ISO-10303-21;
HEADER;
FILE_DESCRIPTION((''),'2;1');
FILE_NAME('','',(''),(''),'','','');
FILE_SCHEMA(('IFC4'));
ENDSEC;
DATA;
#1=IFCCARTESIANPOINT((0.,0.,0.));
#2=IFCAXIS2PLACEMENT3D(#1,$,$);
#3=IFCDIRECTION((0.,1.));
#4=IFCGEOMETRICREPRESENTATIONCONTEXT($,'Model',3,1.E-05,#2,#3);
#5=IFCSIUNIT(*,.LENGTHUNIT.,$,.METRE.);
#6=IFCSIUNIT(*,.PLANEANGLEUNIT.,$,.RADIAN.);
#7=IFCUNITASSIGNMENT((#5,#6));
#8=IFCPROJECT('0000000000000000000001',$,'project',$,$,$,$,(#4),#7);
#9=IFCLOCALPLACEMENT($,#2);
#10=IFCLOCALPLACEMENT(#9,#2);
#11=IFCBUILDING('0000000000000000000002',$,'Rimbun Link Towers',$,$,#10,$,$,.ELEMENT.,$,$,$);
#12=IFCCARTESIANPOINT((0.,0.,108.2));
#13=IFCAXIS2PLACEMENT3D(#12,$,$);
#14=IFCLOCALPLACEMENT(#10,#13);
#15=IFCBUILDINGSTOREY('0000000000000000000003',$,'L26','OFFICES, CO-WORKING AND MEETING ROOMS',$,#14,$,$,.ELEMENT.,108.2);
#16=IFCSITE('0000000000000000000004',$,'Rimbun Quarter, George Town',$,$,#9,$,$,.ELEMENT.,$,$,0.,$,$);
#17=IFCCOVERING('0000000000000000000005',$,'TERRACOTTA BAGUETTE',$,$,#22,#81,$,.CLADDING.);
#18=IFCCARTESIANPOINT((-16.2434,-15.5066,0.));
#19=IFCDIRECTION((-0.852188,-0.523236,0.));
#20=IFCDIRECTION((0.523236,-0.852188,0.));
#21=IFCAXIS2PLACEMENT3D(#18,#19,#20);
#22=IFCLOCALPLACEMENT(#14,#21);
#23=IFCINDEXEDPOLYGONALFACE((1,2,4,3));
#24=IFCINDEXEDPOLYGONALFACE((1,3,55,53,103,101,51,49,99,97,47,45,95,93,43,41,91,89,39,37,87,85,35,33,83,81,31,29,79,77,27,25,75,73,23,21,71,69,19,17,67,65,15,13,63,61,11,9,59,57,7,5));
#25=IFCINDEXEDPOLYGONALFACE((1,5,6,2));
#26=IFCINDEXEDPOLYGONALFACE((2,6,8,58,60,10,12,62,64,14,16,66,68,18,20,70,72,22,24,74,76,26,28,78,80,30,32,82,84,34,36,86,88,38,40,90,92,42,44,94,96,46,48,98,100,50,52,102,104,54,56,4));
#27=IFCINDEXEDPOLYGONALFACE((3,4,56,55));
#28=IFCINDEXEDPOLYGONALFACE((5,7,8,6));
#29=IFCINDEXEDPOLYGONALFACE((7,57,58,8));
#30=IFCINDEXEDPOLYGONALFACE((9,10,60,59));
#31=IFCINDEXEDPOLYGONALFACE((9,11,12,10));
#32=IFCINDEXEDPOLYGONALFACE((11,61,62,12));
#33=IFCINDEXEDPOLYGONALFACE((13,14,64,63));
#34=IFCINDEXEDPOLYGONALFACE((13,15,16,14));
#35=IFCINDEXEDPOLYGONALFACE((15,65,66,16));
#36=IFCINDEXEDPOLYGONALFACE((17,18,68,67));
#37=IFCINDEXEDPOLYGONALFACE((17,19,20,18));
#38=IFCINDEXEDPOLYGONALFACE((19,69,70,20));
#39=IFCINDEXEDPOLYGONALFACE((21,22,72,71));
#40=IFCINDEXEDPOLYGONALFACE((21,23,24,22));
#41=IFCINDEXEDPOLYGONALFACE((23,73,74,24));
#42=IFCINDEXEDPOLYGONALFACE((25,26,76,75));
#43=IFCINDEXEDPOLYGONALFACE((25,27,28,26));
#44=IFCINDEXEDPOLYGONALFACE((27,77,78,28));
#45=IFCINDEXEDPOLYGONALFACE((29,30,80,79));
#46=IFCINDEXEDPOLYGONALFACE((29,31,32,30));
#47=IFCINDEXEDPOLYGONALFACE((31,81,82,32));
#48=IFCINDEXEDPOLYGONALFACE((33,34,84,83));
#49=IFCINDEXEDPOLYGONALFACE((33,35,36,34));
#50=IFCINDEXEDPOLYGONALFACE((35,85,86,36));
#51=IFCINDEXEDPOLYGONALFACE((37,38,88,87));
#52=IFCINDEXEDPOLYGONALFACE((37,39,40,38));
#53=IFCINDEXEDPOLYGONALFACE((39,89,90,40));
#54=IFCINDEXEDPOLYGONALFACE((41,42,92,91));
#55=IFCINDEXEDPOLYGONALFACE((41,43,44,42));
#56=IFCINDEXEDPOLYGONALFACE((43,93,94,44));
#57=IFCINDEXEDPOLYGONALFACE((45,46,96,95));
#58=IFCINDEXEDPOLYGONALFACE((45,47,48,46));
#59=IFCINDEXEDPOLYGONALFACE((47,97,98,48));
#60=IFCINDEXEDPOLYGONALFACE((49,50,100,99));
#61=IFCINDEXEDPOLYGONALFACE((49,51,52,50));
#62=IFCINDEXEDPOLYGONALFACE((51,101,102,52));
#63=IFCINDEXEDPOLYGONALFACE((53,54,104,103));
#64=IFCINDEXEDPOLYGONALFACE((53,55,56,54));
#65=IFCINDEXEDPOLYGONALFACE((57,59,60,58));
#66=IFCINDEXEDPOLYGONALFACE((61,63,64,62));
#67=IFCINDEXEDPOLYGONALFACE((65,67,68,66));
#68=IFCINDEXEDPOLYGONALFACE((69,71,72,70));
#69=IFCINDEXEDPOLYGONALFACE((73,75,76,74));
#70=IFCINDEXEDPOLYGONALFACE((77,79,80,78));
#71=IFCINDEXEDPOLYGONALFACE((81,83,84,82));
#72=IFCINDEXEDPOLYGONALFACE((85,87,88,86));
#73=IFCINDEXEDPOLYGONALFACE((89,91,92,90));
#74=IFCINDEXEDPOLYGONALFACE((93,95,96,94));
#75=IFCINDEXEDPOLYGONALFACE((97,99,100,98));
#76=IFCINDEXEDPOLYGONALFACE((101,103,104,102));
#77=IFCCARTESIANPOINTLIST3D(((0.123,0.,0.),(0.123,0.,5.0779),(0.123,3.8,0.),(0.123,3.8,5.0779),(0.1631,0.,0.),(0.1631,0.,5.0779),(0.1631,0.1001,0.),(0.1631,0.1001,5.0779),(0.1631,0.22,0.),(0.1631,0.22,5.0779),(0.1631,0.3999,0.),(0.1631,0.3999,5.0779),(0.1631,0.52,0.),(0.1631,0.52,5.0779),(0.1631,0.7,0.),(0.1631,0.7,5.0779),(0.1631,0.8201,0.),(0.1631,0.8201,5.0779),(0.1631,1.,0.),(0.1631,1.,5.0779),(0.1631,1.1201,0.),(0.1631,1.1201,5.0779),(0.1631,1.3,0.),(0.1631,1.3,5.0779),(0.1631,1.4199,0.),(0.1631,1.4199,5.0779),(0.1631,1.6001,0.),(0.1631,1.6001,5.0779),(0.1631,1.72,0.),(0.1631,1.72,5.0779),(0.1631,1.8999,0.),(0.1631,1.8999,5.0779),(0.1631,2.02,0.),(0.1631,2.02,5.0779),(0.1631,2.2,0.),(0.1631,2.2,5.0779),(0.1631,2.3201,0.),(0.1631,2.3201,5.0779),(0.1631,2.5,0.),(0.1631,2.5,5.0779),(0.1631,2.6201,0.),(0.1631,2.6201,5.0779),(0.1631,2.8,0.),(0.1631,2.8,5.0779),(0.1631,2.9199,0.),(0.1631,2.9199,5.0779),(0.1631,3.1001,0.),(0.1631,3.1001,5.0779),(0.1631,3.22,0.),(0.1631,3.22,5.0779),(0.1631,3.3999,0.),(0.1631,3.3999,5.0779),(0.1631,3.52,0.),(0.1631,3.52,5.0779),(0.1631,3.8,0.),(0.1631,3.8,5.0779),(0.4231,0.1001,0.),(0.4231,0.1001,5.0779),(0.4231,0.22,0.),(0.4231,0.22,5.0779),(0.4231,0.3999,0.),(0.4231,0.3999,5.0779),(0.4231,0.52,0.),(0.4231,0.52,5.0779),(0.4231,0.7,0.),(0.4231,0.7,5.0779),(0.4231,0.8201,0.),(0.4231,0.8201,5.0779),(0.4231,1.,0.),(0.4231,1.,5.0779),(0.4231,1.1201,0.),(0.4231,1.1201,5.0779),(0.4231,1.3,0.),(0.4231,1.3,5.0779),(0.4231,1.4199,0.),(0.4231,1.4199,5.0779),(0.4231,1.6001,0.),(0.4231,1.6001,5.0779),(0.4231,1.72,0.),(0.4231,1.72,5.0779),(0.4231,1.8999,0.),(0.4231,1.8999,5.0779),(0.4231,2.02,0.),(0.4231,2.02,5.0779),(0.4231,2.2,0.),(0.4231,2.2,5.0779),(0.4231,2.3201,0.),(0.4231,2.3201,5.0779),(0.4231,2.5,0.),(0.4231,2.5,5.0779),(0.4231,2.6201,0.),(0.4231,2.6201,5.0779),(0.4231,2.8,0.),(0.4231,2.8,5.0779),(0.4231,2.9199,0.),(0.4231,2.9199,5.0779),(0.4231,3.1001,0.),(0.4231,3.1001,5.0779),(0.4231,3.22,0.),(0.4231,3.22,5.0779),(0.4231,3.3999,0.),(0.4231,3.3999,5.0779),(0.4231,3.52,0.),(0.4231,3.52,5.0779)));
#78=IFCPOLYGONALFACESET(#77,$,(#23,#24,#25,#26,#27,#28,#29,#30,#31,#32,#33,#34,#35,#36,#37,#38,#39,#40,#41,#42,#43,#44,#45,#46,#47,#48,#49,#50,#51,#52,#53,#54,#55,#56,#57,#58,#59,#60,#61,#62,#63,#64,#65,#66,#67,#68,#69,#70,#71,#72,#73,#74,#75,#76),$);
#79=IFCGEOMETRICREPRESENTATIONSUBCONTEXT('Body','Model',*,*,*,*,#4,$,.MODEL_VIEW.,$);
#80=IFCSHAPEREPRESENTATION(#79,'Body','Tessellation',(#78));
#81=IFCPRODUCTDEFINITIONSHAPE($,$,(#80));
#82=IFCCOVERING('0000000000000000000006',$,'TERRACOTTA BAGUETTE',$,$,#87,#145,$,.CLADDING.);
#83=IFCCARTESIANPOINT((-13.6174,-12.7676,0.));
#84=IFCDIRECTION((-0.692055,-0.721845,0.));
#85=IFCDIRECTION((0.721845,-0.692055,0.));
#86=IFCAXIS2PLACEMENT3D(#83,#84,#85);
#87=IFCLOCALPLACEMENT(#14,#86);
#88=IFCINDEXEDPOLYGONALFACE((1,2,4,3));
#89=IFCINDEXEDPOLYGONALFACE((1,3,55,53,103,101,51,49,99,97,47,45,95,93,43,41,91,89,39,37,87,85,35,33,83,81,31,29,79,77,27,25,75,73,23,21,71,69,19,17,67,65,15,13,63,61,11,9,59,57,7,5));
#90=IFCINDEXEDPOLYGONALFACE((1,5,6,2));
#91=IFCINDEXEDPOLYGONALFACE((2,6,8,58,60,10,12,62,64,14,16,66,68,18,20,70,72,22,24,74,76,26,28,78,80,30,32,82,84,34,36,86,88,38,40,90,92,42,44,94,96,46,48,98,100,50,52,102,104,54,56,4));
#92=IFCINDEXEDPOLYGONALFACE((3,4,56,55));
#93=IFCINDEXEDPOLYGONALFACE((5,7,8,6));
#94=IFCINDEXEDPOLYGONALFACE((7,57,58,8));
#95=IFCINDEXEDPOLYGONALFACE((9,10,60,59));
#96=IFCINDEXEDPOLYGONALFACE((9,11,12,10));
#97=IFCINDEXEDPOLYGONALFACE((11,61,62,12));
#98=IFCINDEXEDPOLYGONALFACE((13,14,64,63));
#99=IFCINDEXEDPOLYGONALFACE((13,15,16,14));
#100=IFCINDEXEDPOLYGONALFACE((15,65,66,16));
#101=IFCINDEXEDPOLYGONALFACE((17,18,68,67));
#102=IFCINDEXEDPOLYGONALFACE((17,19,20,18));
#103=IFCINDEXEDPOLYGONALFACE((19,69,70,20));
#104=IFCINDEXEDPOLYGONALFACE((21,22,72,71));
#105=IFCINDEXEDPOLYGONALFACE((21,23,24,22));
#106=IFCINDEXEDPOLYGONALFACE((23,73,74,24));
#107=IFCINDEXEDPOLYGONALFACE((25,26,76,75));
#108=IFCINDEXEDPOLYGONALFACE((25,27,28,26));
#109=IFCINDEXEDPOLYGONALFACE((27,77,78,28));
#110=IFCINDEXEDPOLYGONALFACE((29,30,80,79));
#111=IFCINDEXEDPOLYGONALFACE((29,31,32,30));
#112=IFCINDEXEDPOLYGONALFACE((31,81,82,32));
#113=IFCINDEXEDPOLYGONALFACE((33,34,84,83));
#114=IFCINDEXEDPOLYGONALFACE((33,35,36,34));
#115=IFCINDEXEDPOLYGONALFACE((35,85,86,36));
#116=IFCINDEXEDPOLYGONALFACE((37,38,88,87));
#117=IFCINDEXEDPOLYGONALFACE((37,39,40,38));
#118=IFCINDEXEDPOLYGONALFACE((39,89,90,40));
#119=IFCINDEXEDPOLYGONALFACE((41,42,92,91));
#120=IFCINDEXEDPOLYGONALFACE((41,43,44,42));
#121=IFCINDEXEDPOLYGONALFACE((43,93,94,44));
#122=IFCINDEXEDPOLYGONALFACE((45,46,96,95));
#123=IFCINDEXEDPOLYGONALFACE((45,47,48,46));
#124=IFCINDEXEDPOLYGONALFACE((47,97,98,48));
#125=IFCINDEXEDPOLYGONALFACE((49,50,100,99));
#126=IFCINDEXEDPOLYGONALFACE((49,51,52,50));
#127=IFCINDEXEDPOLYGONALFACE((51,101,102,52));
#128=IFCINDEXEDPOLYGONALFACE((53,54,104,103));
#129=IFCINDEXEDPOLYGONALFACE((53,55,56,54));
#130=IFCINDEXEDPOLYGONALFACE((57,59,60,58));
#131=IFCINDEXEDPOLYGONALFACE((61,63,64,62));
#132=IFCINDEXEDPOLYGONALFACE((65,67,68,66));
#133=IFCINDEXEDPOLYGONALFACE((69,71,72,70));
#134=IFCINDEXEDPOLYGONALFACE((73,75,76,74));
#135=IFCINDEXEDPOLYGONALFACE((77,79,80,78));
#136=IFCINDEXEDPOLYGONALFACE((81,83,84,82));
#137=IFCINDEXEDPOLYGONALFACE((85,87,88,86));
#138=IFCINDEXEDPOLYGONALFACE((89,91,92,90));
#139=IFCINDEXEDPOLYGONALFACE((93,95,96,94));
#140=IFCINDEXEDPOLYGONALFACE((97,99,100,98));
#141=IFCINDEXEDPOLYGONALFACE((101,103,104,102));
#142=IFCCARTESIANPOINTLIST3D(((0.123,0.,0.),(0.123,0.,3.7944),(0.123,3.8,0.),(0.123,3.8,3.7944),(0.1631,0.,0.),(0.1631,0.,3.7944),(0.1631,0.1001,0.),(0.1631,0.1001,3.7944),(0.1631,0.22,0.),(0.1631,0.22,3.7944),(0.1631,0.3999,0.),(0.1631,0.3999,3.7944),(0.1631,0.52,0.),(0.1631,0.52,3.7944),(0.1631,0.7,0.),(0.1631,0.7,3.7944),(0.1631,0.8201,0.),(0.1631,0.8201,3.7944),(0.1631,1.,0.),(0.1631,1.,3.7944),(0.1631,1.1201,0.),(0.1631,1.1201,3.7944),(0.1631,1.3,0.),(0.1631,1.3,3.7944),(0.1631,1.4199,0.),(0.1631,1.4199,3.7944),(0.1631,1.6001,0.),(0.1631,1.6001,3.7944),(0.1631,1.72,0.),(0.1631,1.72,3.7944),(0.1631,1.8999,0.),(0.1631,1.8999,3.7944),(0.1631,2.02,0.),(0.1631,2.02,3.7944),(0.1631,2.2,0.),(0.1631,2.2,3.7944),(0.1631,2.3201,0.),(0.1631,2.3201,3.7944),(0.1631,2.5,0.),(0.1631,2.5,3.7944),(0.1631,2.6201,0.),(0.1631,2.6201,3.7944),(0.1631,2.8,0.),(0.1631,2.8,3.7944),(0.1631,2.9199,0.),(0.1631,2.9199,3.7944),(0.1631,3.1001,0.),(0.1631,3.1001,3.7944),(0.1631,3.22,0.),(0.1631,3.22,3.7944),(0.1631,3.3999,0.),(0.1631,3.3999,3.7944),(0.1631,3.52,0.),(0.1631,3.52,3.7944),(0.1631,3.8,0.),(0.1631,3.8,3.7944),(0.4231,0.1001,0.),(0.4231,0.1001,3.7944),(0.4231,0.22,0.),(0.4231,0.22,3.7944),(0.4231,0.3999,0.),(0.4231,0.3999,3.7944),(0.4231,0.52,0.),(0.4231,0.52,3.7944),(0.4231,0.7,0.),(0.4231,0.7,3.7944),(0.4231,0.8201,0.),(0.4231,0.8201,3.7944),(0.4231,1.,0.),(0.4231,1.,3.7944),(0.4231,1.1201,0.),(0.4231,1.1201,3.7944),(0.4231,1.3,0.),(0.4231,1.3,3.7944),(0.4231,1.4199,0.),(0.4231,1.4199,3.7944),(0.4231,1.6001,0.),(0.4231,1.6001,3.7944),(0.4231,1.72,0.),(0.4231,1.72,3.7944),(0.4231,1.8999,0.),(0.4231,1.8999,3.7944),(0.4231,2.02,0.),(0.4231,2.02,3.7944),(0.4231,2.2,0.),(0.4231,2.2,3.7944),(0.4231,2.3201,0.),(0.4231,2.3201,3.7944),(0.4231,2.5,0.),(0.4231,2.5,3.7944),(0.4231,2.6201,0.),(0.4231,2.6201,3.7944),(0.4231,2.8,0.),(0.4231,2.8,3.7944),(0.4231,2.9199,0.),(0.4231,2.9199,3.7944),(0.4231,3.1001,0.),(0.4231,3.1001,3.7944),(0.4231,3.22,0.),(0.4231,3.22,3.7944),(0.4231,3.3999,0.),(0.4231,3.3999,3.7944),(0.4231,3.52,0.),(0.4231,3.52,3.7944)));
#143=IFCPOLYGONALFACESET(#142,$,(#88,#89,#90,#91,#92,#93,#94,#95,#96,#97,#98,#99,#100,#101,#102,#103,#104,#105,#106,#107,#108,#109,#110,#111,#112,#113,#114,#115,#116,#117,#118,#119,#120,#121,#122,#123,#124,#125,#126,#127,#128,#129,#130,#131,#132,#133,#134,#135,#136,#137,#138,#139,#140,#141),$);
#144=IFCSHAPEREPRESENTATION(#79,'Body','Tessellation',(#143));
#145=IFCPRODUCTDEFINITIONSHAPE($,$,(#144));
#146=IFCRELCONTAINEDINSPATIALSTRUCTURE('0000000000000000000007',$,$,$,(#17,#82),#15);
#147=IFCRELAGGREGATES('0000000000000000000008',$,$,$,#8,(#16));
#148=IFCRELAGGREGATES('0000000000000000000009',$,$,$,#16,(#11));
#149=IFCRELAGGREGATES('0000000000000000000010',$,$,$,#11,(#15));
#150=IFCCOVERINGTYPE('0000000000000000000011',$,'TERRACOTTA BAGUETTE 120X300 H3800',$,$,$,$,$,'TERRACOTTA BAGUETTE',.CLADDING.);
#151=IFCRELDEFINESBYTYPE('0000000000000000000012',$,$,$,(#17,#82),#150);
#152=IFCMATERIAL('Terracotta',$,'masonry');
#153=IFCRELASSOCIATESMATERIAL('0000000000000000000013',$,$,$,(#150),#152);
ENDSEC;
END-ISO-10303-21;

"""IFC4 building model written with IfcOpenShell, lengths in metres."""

from ifc_helpers import new_model, si_unit, direction, frame, origin, place, context, subcontext, project, spatial, polyline, outline, extrude, material, material_profile, profile_set, type_object, element, save


model = new_model("IFC4")

# Units and contexts
model_context = context("Model", 3, precision=1e-05, world=origin(), true_north=direction((0.0, 1.0)))
body_context = subcontext(model_context, "Body", "Model", "MODEL_VIEW")
ifc_project = project(units=[si_unit("LENGTHUNIT", "METRE"), si_unit("PLANEANGLEUNIT", "RADIAN")], contexts=[model_context])

# Site, building, storey
site_placement = place(None, origin())
site = spatial("IfcSite", under=ifc_project, at=site_placement, Name="Rimbun Quarter, George Town", CompositionType="ELEMENT", RefElevation=0.0)
building_placement = place(site_placement, origin())
building = spatial("IfcBuilding", under=site, at=building_placement, Name="Rimbun Link Towers", CompositionType="ELEMENT")
storey_placement = place(building_placement, frame((0.0, 0.0, 108.2)))
storey = spatial("IfcBuildingStorey", under=building, at=storey_placement, Name="L26", Description="OFFICES, CO-WORKING AND MEETING ROOMS", CompositionType="ELEMENT", Elevation=108.2)

# Coverings
ifc_material_1 = material(Name="Terracotta", Category="masonry")
ifc_material_profile_1 = material_profile(ifc_material_1, outline(polyline([(0.123, 0.0), (0.1631, 0.0), (0.1631, 0.1001), (0.4231, 0.1001), (0.4231, 0.22), (0.1631, 0.22), (0.1631, 0.3999), (0.4231, 0.3999), (0.4231, 0.52), (0.1631, 0.52), (0.1631, 0.7), (0.4231, 0.7), (0.4231, 0.8201), (0.1631, 0.8201), (0.1631, 1.0), (0.4231, 1.0), (0.4231, 1.1201), (0.1631, 1.1201), (0.1631, 1.3), (0.4231, 1.3), (0.4231, 1.4199), (0.1631, 1.4199), (0.1631, 1.6001), (0.4231, 1.6001), (0.4231, 1.72), (0.1631, 1.72), (0.1631, 1.8999), (0.4231, 1.8999), (0.4231, 2.02), (0.1631, 2.02), (0.1631, 2.2), (0.4231, 2.2), (0.4231, 2.3201), (0.1631, 2.3201), (0.1631, 2.5), (0.4231, 2.5), (0.4231, 2.6201), (0.1631, 2.6201), (0.1631, 2.8), (0.4231, 2.8), (0.4231, 2.9199), (0.1631, 2.9199), (0.1631, 3.1001), (0.4231, 3.1001), (0.4231, 3.22), (0.1631, 3.22), (0.1631, 3.3999), (0.4231, 3.3999), (0.4231, 3.52), (0.1631, 3.52), (0.1631, 3.8), (0.123, 3.8), (0.123, 0.0)])), Name="BAGUETTE 120X300")
ifc_profile_set_1 = profile_set([ifc_material_profile_1], Name="Terracotta")
covering_type = type_object("IfcCoveringType", Name="TERRACOTTA BAGUETTE 120X300 H3800", ElementType="TERRACOTTA BAGUETTE", PredefinedType="CLADDING", material=ifc_profile_set_1)
covering_1_placement = place(storey_placement, frame((-16.2434, -15.5066, 0.0), z_axis=(-0.852188, -0.523236, 0.0), x_axis=(0.523236, -0.852188, 0.0)))
element("IfcCovering", 1, at=covering_1_placement, inside=storey, type_object=covering_type, Name="TERRACOTTA BAGUETTE", PredefinedType="CLADDING", context=body_context, shape_type="SweptSolid", body=[
    extrude(outline(polyline([(0.123, 0.0), (0.1631, 0.0), (0.1631, 0.1001), (0.4231, 0.1001), (0.4231, 0.22), (0.1631, 0.22), (0.1631, 0.3999), (0.4231, 0.3999), (0.4231, 0.52), (0.1631, 0.52), (0.1631, 0.7), (0.4231, 0.7), (0.4231, 0.8201), (0.1631, 0.8201), (0.1631, 1.0), (0.4231, 1.0), (0.4231, 1.1201), (0.1631, 1.1201), (0.1631, 1.3), (0.4231, 1.3), (0.4231, 1.4199), (0.1631, 1.4199), (0.1631, 1.6001), (0.4231, 1.6001), (0.4231, 1.72), (0.1631, 1.72), (0.1631, 1.8999), (0.4231, 1.8999), (0.4231, 2.02), (0.1631, 2.02), (0.1631, 2.2), (0.4231, 2.2), (0.4231, 2.3201), (0.1631, 2.3201), (0.1631, 2.5), (0.4231, 2.5), (0.4231, 2.6201), (0.1631, 2.6201), (0.1631, 2.8), (0.4231, 2.8), (0.4231, 2.9199), (0.1631, 2.9199), (0.1631, 3.1001), (0.4231, 3.1001), (0.4231, 3.22), (0.1631, 3.22), (0.1631, 3.3999), (0.4231, 3.3999), (0.4231, 3.52), (0.1631, 3.52), (0.1631, 3.8), (0.123, 3.8), (0.123, 0.0)])), origin(), (0.0, 0.0, 1.0), 5.0779),
])
covering_2_placement = place(storey_placement, frame((-13.6174, -12.7676, 0.0), z_axis=(-0.692055, -0.721845, 0.0), x_axis=(0.721845, -0.692055, 0.0)))
element("IfcCovering", 2, at=covering_2_placement, inside=storey, type_object=covering_type, Name="TERRACOTTA BAGUETTE", PredefinedType="CLADDING", context=body_context, shape_type="SweptSolid", body=[
    extrude(outline(polyline([(0.123, 0.0), (0.1631, 0.0), (0.1631, 0.1001), (0.4231, 0.1001), (0.4231, 0.22), (0.1631, 0.22), (0.1631, 0.3999), (0.4231, 0.3999), (0.4231, 0.52), (0.1631, 0.52), (0.1631, 0.7), (0.4231, 0.7), (0.4231, 0.8201), (0.1631, 0.8201), (0.1631, 1.0), (0.4231, 1.0), (0.4231, 1.1201), (0.1631, 1.1201), (0.1631, 1.3), (0.4231, 1.3), (0.4231, 1.4199), (0.1631, 1.4199), (0.1631, 1.6001), (0.4231, 1.6001), (0.4231, 1.72), (0.1631, 1.72), (0.1631, 1.8999), (0.4231, 1.8999), (0.4231, 2.02), (0.1631, 2.02), (0.1631, 2.2), (0.4231, 2.2), (0.4231, 2.3201), (0.1631, 2.3201), (0.1631, 2.5), (0.4231, 2.5), (0.4231, 2.6201), (0.1631, 2.6201), (0.1631, 2.8), (0.4231, 2.8), (0.4231, 2.9199), (0.1631, 2.9199), (0.1631, 3.1001), (0.4231, 3.1001), (0.4231, 3.22), (0.1631, 3.22), (0.1631, 3.3999), (0.4231, 3.3999), (0.4231, 3.52), (0.1631, 3.52), (0.1631, 3.8), (0.123, 3.8), (0.123, 0.0)])), origin(), (0.0, 0.0, 1.0), 3.7944),
])

save(model, "model.ifc")
